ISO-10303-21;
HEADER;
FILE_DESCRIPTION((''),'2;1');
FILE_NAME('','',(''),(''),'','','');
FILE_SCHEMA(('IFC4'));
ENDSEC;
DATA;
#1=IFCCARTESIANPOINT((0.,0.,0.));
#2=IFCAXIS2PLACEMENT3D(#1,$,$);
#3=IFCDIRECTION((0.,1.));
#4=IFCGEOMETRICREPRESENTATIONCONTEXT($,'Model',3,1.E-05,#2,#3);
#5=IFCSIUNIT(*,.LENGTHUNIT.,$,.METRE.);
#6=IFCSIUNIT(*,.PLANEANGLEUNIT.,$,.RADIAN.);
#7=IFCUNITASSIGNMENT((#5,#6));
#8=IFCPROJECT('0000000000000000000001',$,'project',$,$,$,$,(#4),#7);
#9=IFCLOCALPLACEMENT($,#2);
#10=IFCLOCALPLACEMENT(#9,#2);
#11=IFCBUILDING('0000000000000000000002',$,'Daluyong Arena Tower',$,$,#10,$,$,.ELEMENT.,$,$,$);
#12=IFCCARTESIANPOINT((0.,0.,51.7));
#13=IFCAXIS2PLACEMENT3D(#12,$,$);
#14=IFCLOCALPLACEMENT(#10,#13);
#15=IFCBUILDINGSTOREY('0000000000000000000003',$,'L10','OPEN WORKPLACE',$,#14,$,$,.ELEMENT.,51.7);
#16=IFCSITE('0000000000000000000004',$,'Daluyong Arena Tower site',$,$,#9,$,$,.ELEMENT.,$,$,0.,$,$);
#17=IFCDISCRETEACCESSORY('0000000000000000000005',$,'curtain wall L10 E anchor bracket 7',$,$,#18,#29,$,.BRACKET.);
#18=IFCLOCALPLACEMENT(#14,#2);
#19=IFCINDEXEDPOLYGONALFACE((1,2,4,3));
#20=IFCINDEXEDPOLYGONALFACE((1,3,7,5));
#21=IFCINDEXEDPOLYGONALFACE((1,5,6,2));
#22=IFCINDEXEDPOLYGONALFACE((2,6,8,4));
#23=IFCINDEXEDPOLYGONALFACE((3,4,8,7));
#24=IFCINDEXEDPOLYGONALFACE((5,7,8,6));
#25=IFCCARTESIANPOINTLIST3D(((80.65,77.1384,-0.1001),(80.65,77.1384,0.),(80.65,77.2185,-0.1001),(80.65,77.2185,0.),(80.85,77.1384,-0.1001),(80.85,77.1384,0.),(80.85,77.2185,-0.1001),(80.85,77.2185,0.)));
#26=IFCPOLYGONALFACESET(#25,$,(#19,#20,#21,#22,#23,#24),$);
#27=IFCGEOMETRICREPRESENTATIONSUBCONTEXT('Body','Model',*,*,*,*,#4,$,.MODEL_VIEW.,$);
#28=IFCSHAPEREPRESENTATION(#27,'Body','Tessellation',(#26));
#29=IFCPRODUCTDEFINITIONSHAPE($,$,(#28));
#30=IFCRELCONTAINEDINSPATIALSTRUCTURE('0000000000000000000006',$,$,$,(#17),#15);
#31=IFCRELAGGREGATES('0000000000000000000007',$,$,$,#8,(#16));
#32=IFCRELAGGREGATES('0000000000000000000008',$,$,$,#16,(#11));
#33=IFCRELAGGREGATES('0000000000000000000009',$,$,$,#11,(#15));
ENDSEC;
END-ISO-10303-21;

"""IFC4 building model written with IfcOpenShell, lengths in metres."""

from ifc_helpers import new_model, si_unit, direction, frame, origin, origin_2d, place, context, subcontext, project, spatial, rectangle, extrude, element, save


model = new_model("IFC4")

# Units and contexts
model_context = context("Model", 3, precision=1e-05, world=origin(), true_north=direction((0.0, 1.0)))
body_context = subcontext(model_context, "Body", "Model", "MODEL_VIEW")
ifc_project = project(units=[si_unit("LENGTHUNIT", "METRE"), si_unit("PLANEANGLEUNIT", "RADIAN")], contexts=[model_context])

# Site, building, storey
site_placement = place(None, origin())
site = spatial("IfcSite", under=ifc_project, at=site_placement, Name="Daluyong Arena Tower site", CompositionType="ELEMENT", RefElevation=0.0)
building_placement = place(site_placement, origin())
building = spatial("IfcBuilding", under=site, at=building_placement, Name="Daluyong Arena Tower", CompositionType="ELEMENT")
storey_placement = place(building_placement, frame((0.0, 0.0, 51.7)))
storey = spatial("IfcBuildingStorey", under=building, at=storey_placement, Name="L10", Description="OPEN WORKPLACE", CompositionType="ELEMENT", Elevation=51.7)

# Discrete accessory
for number, where, z_axis, x_axis, name in (
    (1, (80.75, 77.1785, -0.1001), (0.0, 0.0, 1.0), (0.0, 1.0, 0.0), "curtain wall L10 E anchor bracket 7"),
):
    element("IfcDiscreteAccessory", number, at=place(storey_placement, frame(where, z_axis=z_axis, x_axis=x_axis)), inside=storey, Name=name, PredefinedType="BRACKET", context=body_context, shape_type="SweptSolid", body=[
        extrude(rectangle(XDim=0.0801, YDim=0.2, at=origin_2d()), origin(), (0.0, 0.0, 1.0), 0.1001),
    ])

save(model, "model.ifc")
